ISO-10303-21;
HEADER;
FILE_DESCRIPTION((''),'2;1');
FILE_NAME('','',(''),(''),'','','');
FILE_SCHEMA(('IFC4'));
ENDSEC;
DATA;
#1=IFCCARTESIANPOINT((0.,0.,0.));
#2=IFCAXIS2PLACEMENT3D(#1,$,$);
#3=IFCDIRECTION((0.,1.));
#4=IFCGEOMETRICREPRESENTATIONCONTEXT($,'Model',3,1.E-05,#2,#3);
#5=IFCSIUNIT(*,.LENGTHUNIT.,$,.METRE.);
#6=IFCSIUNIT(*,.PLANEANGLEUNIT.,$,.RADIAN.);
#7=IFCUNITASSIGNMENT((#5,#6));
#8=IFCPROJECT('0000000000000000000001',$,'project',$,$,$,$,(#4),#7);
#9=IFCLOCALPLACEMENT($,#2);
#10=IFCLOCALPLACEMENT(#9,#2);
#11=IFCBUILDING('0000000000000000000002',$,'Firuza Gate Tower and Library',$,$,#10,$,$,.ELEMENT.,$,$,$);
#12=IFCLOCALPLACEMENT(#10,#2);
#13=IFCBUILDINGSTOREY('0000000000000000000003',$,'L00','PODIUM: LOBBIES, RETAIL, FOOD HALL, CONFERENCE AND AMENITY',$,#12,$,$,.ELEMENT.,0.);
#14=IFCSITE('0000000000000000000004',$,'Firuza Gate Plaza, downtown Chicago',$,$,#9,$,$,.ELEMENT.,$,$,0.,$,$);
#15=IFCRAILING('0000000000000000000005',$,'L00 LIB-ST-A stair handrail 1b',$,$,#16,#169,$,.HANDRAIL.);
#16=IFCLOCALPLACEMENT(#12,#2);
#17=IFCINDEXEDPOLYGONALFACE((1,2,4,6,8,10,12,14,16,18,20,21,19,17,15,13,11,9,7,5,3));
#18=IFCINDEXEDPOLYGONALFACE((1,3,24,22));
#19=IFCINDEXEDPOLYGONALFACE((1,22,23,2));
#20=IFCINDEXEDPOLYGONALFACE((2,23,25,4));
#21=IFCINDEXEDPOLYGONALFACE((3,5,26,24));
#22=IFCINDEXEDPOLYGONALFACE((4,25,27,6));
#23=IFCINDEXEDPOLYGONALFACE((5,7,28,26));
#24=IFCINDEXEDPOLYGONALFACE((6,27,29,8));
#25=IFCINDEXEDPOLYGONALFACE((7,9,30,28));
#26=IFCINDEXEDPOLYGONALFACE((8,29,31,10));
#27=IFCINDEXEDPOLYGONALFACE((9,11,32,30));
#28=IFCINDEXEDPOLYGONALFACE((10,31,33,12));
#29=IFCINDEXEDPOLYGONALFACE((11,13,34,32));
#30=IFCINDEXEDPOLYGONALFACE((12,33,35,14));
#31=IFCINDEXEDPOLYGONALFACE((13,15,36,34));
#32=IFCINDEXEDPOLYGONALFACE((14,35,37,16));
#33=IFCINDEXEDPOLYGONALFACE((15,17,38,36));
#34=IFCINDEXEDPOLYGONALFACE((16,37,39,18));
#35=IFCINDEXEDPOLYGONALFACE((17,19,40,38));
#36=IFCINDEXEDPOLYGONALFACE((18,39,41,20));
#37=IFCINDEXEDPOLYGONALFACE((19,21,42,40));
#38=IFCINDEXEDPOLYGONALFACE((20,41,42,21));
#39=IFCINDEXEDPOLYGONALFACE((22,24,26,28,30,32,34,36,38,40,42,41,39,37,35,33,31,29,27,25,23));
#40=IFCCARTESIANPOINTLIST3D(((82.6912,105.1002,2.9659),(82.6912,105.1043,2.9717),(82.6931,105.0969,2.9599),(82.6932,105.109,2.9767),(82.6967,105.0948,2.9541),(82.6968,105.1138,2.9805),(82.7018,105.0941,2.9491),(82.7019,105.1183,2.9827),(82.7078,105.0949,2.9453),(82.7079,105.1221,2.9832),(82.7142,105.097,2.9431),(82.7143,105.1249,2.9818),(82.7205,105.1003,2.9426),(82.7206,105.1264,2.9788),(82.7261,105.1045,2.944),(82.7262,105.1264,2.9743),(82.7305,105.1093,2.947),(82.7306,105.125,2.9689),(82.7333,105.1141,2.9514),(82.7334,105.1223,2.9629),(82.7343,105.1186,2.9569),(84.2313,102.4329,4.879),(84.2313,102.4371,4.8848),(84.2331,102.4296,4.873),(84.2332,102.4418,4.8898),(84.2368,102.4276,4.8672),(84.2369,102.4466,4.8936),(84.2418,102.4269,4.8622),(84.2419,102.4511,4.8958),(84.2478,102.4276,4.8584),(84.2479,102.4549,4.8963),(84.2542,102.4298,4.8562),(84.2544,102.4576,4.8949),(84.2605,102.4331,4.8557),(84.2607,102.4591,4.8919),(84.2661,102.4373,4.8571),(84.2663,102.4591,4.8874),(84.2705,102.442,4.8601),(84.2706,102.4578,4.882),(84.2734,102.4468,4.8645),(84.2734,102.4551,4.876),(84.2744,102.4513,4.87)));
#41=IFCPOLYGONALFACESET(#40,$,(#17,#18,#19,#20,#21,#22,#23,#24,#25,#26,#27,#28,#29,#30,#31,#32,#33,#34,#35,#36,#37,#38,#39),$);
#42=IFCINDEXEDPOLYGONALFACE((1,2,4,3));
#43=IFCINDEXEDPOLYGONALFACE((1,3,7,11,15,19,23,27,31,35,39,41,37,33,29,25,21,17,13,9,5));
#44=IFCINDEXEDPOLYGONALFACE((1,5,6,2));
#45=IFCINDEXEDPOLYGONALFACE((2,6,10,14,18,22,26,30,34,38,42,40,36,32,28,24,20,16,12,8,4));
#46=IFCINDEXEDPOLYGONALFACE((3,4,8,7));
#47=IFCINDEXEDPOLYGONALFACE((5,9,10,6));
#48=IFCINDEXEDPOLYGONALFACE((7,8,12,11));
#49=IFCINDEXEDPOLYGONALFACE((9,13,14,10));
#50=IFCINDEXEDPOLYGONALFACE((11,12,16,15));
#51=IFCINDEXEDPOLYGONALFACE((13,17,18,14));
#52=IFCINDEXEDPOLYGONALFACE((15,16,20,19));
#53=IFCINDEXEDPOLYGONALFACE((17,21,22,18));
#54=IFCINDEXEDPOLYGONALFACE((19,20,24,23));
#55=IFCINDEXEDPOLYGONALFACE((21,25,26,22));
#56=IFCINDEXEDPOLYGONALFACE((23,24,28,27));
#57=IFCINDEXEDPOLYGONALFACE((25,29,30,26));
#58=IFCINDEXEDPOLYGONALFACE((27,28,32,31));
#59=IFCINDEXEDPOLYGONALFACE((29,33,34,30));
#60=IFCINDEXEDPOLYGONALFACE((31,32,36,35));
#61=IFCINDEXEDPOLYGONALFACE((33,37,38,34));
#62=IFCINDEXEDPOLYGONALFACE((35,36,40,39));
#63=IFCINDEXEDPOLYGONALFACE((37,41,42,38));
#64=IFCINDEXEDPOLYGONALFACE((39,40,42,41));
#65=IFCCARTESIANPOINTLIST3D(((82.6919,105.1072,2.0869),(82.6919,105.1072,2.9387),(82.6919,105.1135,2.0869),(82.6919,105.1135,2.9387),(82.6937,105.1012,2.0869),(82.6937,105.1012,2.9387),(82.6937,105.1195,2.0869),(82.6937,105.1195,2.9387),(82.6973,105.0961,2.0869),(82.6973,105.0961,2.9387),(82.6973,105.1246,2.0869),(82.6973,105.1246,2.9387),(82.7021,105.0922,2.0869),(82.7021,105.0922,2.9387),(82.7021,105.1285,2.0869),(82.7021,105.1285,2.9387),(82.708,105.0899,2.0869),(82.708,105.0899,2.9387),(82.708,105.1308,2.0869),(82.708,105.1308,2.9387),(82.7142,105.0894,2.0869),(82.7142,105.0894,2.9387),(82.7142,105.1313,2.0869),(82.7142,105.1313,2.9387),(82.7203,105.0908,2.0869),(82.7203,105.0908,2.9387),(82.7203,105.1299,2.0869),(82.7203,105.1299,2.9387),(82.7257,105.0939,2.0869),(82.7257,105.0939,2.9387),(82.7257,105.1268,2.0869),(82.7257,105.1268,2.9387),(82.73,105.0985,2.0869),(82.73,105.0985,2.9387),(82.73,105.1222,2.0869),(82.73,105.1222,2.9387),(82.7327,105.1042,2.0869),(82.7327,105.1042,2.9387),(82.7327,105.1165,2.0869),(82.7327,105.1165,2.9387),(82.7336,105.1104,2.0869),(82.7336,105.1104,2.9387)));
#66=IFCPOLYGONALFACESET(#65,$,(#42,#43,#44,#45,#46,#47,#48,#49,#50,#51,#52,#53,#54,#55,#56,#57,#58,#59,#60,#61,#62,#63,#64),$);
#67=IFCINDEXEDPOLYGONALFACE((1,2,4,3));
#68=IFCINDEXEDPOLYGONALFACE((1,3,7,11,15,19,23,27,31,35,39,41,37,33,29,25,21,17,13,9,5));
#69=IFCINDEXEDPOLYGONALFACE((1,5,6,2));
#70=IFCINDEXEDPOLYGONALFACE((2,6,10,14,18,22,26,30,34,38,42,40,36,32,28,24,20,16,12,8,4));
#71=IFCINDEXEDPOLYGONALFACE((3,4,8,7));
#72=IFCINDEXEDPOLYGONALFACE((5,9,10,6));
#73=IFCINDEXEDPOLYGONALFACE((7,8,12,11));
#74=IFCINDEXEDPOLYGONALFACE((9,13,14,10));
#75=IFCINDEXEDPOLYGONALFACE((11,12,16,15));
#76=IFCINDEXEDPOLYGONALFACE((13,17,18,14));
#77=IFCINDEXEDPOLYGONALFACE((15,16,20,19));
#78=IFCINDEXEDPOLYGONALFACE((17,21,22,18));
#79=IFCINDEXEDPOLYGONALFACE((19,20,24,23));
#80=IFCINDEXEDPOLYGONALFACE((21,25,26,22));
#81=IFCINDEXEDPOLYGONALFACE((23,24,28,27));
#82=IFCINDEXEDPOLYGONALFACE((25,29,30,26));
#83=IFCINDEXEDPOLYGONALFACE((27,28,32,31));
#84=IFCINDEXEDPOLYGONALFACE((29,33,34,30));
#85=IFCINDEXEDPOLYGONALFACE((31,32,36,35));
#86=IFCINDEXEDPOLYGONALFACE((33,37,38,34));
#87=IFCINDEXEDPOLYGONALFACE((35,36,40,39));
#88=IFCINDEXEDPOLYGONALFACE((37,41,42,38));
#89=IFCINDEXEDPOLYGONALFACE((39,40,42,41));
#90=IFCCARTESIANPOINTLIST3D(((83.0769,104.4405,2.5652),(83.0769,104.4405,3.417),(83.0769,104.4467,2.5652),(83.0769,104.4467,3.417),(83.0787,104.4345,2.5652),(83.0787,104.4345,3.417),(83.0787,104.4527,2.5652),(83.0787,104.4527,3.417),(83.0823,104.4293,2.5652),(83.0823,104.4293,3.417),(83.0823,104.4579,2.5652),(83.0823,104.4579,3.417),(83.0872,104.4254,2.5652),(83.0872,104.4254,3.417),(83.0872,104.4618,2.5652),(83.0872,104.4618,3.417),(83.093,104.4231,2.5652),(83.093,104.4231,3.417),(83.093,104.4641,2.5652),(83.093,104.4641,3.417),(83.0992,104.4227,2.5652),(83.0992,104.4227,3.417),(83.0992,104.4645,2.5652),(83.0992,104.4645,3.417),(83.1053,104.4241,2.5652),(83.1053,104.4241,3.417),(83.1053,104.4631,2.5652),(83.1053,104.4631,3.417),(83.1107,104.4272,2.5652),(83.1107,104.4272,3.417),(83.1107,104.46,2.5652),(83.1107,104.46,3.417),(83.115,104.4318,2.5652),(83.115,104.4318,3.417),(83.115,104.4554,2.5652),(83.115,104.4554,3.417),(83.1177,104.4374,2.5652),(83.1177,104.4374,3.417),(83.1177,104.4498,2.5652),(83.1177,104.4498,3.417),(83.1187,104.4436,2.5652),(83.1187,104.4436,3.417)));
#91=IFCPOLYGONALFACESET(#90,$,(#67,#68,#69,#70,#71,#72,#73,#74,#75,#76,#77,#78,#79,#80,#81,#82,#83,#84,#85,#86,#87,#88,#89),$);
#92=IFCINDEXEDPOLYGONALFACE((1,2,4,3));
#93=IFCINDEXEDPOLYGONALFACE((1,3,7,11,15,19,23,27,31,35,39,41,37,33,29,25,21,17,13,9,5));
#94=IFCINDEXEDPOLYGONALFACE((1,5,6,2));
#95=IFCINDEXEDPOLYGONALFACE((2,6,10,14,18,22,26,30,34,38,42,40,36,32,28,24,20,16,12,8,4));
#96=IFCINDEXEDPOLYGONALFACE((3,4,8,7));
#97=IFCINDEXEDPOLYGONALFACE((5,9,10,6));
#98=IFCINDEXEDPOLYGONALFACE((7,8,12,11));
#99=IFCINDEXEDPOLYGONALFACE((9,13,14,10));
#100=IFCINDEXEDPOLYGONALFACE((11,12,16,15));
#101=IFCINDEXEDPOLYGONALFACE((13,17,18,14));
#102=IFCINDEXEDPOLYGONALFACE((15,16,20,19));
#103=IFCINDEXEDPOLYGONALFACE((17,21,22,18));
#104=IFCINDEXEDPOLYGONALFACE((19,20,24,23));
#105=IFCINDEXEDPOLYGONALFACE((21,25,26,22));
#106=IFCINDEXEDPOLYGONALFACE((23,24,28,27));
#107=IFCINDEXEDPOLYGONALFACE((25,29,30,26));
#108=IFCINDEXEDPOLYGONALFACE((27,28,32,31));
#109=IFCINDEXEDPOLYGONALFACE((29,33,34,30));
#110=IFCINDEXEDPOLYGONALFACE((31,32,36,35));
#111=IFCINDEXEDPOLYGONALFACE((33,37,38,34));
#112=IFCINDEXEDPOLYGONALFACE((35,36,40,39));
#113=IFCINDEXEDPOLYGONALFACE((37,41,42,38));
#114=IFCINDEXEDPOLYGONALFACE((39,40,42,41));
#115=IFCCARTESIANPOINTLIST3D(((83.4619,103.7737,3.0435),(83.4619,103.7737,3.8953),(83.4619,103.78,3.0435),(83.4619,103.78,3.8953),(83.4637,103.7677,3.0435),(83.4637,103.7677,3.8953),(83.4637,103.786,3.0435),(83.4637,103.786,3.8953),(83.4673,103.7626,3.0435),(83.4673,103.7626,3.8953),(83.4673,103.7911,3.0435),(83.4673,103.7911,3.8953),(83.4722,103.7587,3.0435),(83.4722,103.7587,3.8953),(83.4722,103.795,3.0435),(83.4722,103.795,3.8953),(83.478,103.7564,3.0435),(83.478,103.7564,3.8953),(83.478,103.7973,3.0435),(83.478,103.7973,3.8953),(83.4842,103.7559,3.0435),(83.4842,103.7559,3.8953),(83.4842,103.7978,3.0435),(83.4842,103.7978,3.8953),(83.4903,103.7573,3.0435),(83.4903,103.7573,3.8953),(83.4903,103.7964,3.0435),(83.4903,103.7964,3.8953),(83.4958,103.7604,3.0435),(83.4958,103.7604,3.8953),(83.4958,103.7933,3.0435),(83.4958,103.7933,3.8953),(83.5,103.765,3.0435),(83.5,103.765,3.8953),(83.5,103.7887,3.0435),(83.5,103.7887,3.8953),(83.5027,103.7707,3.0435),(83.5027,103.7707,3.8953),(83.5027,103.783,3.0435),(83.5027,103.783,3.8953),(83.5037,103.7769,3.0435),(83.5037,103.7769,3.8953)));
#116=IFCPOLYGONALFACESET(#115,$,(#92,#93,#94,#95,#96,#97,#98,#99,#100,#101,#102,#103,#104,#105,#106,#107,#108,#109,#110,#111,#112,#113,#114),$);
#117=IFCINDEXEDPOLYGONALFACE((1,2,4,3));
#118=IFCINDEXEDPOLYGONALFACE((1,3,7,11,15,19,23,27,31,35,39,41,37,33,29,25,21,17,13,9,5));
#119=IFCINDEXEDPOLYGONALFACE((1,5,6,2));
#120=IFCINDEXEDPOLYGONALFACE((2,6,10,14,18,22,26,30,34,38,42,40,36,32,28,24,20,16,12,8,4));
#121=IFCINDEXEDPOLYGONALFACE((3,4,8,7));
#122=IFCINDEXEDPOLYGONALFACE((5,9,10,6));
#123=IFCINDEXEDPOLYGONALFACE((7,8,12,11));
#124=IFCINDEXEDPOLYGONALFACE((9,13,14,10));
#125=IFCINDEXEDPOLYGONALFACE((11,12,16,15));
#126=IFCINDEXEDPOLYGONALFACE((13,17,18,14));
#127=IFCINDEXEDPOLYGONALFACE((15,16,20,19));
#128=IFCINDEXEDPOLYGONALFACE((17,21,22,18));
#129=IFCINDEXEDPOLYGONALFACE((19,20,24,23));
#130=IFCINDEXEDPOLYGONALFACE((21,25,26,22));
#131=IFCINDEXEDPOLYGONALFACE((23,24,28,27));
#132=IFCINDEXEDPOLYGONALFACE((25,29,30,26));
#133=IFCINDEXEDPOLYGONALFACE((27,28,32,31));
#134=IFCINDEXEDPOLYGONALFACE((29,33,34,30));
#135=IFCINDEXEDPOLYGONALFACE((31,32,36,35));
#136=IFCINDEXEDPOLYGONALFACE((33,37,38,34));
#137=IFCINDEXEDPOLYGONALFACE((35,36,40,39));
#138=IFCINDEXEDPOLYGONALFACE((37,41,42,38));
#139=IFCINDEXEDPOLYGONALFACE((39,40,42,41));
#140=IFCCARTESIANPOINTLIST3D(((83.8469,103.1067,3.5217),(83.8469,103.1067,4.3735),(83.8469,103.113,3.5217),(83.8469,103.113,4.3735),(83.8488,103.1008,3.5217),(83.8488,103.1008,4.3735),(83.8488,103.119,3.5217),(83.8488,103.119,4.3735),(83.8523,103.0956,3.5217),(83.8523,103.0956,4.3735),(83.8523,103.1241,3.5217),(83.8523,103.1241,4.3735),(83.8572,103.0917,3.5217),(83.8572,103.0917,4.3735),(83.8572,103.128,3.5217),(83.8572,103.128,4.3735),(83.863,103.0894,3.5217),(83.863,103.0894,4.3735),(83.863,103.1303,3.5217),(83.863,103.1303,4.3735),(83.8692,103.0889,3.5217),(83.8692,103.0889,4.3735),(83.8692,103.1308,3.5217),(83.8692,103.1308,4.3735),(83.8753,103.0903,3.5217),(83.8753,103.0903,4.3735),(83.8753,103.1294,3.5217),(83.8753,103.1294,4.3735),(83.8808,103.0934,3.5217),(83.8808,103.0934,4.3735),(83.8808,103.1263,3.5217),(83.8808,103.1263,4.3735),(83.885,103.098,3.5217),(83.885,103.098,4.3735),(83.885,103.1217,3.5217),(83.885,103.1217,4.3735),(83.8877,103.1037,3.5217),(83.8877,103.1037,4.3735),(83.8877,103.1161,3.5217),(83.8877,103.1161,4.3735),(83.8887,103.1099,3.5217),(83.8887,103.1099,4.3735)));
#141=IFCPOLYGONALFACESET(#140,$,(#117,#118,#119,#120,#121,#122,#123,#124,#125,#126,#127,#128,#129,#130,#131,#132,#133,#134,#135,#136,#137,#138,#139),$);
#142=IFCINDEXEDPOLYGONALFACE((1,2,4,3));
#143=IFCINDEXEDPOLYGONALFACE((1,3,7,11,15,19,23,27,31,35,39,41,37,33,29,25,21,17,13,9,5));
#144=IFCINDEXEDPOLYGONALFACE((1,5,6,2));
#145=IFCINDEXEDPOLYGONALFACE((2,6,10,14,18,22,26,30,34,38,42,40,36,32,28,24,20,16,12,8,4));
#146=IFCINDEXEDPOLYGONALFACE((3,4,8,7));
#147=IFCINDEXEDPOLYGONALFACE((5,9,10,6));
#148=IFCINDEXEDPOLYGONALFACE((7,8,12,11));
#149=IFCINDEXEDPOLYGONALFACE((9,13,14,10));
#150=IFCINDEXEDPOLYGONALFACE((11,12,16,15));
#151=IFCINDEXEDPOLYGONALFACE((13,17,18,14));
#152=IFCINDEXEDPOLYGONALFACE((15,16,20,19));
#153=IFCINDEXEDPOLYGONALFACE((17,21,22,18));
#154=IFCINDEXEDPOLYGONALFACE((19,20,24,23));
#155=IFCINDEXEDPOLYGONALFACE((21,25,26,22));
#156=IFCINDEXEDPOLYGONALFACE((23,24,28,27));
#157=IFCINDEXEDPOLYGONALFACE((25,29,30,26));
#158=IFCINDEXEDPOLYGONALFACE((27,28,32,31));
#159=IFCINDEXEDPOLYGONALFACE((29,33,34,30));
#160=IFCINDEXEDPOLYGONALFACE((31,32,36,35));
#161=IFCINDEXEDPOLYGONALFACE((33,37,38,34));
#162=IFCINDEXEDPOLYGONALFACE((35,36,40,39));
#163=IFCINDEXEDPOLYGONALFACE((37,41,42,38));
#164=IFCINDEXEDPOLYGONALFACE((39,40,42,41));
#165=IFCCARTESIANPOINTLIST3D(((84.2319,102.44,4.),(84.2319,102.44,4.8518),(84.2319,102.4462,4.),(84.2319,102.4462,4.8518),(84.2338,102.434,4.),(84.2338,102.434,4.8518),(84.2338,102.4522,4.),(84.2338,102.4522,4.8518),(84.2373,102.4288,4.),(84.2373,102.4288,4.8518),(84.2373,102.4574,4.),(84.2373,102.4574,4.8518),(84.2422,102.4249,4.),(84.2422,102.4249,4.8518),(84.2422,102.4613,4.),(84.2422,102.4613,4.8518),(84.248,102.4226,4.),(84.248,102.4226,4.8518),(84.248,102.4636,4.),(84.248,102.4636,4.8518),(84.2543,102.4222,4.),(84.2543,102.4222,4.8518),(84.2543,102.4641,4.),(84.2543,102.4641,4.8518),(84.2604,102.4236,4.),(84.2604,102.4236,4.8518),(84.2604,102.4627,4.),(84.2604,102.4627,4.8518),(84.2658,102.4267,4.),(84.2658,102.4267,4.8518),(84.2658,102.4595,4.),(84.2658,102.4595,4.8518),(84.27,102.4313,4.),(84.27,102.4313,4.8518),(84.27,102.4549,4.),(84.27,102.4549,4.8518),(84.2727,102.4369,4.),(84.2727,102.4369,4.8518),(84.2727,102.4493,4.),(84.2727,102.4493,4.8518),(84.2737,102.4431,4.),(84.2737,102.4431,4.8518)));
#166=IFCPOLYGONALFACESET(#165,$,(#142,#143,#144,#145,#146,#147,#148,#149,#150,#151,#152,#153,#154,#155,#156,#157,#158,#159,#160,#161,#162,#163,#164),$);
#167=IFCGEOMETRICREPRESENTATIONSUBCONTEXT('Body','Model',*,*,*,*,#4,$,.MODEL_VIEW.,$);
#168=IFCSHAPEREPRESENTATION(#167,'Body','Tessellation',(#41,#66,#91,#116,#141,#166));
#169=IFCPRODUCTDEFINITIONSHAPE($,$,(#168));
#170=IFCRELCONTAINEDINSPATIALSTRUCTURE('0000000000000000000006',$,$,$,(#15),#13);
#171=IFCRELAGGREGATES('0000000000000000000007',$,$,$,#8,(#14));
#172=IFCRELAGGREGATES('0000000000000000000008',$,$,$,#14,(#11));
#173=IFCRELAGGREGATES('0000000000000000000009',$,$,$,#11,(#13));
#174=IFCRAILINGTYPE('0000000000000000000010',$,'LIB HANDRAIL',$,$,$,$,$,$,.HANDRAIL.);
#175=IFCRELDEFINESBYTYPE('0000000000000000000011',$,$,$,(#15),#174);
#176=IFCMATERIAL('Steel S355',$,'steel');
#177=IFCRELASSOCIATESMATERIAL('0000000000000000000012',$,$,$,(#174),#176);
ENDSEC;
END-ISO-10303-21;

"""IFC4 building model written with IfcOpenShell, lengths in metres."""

from ifc_helpers import new_model, si_unit, direction, frame, origin, origin_2d, place, context, subcontext, project, spatial, circle, extrude, material, type_object, element, save


model = new_model("IFC4")

# Units and contexts
model_context = context("Model", 3, precision=1e-05, world=origin(), true_north=direction((0.0, 1.0)))
body_context = subcontext(model_context, "Body", "Model", "MODEL_VIEW")
ifc_project = project(units=[si_unit("LENGTHUNIT", "METRE"), si_unit("PLANEANGLEUNIT", "RADIAN")], contexts=[model_context])

# Site, building, storey
site_placement = place(None, origin())
site = spatial("IfcSite", under=ifc_project, at=site_placement, Name="Firuza Gate Plaza, downtown Chicago", CompositionType="ELEMENT", RefElevation=0.0)
building_placement = place(site_placement, origin())
building = spatial("IfcBuilding", under=site, at=building_placement, Name="Firuza Gate Tower and Library", CompositionType="ELEMENT")
storey_placement = place(building_placement, origin())
storey = spatial("IfcBuildingStorey", under=building, at=storey_placement, Name="L00", Description="PODIUM: LOBBIES, RETAIL, FOOD HALL, CONFERENCE AND AMENITY", CompositionType="ELEMENT", Elevation=0.0)

# Railing
ifc_material_1 = material(Name="Steel S355", Category="steel")
railing_type_1 = type_object("IfcRailingType", Name="LIB HANDRAIL", PredefinedType="HANDRAIL", material=ifc_material_1)
railing_1_placement = place(storey_placement, frame((82.7126, 105.1104, 2.0869)))
element("IfcRailing", 1, at=railing_1_placement, inside=storey, type_object=railing_type_1, Name="L00 LIB-ST-A stair handrail 1b", PredefinedType="HANDRAIL", context=body_context, shape_type="SweptSolid", body=[
    extrude(circle(Radius=0.0239, at=origin_2d()), frame((0.0, 0.0, 0.876), z_axis=(0.424755, -0.735645, 0.527645), x_axis=(0.86601, 0.500027, 0.0)), (0.0, 0.0, 1.0), 3.6257),
    extrude(circle(Radius=0.021, at=origin_2d()), origin(), (0.0, 0.0, 1.0), 0.8518),
    extrude(circle(Radius=0.021, at=origin_2d()), frame((0.385, -0.6667, 0.4783)), (0.0, 0.0, 1.0), 0.8518),
    extrude(circle(Radius=0.021, at=origin_2d()), frame((0.77, -1.3335, 0.9565)), (0.0, 0.0, 1.0), 0.8518),
    extrude(circle(Radius=0.021, at=origin_2d()), frame((1.155, -2.0005, 1.4348)), (0.0, 0.0, 1.0), 0.8518),
    extrude(circle(Radius=0.021, at=origin_2d()), frame((1.54, -2.6672, 1.9131)), (0.0, 0.0, 1.0), 0.8518),
])

save(model, "model.ifc")
